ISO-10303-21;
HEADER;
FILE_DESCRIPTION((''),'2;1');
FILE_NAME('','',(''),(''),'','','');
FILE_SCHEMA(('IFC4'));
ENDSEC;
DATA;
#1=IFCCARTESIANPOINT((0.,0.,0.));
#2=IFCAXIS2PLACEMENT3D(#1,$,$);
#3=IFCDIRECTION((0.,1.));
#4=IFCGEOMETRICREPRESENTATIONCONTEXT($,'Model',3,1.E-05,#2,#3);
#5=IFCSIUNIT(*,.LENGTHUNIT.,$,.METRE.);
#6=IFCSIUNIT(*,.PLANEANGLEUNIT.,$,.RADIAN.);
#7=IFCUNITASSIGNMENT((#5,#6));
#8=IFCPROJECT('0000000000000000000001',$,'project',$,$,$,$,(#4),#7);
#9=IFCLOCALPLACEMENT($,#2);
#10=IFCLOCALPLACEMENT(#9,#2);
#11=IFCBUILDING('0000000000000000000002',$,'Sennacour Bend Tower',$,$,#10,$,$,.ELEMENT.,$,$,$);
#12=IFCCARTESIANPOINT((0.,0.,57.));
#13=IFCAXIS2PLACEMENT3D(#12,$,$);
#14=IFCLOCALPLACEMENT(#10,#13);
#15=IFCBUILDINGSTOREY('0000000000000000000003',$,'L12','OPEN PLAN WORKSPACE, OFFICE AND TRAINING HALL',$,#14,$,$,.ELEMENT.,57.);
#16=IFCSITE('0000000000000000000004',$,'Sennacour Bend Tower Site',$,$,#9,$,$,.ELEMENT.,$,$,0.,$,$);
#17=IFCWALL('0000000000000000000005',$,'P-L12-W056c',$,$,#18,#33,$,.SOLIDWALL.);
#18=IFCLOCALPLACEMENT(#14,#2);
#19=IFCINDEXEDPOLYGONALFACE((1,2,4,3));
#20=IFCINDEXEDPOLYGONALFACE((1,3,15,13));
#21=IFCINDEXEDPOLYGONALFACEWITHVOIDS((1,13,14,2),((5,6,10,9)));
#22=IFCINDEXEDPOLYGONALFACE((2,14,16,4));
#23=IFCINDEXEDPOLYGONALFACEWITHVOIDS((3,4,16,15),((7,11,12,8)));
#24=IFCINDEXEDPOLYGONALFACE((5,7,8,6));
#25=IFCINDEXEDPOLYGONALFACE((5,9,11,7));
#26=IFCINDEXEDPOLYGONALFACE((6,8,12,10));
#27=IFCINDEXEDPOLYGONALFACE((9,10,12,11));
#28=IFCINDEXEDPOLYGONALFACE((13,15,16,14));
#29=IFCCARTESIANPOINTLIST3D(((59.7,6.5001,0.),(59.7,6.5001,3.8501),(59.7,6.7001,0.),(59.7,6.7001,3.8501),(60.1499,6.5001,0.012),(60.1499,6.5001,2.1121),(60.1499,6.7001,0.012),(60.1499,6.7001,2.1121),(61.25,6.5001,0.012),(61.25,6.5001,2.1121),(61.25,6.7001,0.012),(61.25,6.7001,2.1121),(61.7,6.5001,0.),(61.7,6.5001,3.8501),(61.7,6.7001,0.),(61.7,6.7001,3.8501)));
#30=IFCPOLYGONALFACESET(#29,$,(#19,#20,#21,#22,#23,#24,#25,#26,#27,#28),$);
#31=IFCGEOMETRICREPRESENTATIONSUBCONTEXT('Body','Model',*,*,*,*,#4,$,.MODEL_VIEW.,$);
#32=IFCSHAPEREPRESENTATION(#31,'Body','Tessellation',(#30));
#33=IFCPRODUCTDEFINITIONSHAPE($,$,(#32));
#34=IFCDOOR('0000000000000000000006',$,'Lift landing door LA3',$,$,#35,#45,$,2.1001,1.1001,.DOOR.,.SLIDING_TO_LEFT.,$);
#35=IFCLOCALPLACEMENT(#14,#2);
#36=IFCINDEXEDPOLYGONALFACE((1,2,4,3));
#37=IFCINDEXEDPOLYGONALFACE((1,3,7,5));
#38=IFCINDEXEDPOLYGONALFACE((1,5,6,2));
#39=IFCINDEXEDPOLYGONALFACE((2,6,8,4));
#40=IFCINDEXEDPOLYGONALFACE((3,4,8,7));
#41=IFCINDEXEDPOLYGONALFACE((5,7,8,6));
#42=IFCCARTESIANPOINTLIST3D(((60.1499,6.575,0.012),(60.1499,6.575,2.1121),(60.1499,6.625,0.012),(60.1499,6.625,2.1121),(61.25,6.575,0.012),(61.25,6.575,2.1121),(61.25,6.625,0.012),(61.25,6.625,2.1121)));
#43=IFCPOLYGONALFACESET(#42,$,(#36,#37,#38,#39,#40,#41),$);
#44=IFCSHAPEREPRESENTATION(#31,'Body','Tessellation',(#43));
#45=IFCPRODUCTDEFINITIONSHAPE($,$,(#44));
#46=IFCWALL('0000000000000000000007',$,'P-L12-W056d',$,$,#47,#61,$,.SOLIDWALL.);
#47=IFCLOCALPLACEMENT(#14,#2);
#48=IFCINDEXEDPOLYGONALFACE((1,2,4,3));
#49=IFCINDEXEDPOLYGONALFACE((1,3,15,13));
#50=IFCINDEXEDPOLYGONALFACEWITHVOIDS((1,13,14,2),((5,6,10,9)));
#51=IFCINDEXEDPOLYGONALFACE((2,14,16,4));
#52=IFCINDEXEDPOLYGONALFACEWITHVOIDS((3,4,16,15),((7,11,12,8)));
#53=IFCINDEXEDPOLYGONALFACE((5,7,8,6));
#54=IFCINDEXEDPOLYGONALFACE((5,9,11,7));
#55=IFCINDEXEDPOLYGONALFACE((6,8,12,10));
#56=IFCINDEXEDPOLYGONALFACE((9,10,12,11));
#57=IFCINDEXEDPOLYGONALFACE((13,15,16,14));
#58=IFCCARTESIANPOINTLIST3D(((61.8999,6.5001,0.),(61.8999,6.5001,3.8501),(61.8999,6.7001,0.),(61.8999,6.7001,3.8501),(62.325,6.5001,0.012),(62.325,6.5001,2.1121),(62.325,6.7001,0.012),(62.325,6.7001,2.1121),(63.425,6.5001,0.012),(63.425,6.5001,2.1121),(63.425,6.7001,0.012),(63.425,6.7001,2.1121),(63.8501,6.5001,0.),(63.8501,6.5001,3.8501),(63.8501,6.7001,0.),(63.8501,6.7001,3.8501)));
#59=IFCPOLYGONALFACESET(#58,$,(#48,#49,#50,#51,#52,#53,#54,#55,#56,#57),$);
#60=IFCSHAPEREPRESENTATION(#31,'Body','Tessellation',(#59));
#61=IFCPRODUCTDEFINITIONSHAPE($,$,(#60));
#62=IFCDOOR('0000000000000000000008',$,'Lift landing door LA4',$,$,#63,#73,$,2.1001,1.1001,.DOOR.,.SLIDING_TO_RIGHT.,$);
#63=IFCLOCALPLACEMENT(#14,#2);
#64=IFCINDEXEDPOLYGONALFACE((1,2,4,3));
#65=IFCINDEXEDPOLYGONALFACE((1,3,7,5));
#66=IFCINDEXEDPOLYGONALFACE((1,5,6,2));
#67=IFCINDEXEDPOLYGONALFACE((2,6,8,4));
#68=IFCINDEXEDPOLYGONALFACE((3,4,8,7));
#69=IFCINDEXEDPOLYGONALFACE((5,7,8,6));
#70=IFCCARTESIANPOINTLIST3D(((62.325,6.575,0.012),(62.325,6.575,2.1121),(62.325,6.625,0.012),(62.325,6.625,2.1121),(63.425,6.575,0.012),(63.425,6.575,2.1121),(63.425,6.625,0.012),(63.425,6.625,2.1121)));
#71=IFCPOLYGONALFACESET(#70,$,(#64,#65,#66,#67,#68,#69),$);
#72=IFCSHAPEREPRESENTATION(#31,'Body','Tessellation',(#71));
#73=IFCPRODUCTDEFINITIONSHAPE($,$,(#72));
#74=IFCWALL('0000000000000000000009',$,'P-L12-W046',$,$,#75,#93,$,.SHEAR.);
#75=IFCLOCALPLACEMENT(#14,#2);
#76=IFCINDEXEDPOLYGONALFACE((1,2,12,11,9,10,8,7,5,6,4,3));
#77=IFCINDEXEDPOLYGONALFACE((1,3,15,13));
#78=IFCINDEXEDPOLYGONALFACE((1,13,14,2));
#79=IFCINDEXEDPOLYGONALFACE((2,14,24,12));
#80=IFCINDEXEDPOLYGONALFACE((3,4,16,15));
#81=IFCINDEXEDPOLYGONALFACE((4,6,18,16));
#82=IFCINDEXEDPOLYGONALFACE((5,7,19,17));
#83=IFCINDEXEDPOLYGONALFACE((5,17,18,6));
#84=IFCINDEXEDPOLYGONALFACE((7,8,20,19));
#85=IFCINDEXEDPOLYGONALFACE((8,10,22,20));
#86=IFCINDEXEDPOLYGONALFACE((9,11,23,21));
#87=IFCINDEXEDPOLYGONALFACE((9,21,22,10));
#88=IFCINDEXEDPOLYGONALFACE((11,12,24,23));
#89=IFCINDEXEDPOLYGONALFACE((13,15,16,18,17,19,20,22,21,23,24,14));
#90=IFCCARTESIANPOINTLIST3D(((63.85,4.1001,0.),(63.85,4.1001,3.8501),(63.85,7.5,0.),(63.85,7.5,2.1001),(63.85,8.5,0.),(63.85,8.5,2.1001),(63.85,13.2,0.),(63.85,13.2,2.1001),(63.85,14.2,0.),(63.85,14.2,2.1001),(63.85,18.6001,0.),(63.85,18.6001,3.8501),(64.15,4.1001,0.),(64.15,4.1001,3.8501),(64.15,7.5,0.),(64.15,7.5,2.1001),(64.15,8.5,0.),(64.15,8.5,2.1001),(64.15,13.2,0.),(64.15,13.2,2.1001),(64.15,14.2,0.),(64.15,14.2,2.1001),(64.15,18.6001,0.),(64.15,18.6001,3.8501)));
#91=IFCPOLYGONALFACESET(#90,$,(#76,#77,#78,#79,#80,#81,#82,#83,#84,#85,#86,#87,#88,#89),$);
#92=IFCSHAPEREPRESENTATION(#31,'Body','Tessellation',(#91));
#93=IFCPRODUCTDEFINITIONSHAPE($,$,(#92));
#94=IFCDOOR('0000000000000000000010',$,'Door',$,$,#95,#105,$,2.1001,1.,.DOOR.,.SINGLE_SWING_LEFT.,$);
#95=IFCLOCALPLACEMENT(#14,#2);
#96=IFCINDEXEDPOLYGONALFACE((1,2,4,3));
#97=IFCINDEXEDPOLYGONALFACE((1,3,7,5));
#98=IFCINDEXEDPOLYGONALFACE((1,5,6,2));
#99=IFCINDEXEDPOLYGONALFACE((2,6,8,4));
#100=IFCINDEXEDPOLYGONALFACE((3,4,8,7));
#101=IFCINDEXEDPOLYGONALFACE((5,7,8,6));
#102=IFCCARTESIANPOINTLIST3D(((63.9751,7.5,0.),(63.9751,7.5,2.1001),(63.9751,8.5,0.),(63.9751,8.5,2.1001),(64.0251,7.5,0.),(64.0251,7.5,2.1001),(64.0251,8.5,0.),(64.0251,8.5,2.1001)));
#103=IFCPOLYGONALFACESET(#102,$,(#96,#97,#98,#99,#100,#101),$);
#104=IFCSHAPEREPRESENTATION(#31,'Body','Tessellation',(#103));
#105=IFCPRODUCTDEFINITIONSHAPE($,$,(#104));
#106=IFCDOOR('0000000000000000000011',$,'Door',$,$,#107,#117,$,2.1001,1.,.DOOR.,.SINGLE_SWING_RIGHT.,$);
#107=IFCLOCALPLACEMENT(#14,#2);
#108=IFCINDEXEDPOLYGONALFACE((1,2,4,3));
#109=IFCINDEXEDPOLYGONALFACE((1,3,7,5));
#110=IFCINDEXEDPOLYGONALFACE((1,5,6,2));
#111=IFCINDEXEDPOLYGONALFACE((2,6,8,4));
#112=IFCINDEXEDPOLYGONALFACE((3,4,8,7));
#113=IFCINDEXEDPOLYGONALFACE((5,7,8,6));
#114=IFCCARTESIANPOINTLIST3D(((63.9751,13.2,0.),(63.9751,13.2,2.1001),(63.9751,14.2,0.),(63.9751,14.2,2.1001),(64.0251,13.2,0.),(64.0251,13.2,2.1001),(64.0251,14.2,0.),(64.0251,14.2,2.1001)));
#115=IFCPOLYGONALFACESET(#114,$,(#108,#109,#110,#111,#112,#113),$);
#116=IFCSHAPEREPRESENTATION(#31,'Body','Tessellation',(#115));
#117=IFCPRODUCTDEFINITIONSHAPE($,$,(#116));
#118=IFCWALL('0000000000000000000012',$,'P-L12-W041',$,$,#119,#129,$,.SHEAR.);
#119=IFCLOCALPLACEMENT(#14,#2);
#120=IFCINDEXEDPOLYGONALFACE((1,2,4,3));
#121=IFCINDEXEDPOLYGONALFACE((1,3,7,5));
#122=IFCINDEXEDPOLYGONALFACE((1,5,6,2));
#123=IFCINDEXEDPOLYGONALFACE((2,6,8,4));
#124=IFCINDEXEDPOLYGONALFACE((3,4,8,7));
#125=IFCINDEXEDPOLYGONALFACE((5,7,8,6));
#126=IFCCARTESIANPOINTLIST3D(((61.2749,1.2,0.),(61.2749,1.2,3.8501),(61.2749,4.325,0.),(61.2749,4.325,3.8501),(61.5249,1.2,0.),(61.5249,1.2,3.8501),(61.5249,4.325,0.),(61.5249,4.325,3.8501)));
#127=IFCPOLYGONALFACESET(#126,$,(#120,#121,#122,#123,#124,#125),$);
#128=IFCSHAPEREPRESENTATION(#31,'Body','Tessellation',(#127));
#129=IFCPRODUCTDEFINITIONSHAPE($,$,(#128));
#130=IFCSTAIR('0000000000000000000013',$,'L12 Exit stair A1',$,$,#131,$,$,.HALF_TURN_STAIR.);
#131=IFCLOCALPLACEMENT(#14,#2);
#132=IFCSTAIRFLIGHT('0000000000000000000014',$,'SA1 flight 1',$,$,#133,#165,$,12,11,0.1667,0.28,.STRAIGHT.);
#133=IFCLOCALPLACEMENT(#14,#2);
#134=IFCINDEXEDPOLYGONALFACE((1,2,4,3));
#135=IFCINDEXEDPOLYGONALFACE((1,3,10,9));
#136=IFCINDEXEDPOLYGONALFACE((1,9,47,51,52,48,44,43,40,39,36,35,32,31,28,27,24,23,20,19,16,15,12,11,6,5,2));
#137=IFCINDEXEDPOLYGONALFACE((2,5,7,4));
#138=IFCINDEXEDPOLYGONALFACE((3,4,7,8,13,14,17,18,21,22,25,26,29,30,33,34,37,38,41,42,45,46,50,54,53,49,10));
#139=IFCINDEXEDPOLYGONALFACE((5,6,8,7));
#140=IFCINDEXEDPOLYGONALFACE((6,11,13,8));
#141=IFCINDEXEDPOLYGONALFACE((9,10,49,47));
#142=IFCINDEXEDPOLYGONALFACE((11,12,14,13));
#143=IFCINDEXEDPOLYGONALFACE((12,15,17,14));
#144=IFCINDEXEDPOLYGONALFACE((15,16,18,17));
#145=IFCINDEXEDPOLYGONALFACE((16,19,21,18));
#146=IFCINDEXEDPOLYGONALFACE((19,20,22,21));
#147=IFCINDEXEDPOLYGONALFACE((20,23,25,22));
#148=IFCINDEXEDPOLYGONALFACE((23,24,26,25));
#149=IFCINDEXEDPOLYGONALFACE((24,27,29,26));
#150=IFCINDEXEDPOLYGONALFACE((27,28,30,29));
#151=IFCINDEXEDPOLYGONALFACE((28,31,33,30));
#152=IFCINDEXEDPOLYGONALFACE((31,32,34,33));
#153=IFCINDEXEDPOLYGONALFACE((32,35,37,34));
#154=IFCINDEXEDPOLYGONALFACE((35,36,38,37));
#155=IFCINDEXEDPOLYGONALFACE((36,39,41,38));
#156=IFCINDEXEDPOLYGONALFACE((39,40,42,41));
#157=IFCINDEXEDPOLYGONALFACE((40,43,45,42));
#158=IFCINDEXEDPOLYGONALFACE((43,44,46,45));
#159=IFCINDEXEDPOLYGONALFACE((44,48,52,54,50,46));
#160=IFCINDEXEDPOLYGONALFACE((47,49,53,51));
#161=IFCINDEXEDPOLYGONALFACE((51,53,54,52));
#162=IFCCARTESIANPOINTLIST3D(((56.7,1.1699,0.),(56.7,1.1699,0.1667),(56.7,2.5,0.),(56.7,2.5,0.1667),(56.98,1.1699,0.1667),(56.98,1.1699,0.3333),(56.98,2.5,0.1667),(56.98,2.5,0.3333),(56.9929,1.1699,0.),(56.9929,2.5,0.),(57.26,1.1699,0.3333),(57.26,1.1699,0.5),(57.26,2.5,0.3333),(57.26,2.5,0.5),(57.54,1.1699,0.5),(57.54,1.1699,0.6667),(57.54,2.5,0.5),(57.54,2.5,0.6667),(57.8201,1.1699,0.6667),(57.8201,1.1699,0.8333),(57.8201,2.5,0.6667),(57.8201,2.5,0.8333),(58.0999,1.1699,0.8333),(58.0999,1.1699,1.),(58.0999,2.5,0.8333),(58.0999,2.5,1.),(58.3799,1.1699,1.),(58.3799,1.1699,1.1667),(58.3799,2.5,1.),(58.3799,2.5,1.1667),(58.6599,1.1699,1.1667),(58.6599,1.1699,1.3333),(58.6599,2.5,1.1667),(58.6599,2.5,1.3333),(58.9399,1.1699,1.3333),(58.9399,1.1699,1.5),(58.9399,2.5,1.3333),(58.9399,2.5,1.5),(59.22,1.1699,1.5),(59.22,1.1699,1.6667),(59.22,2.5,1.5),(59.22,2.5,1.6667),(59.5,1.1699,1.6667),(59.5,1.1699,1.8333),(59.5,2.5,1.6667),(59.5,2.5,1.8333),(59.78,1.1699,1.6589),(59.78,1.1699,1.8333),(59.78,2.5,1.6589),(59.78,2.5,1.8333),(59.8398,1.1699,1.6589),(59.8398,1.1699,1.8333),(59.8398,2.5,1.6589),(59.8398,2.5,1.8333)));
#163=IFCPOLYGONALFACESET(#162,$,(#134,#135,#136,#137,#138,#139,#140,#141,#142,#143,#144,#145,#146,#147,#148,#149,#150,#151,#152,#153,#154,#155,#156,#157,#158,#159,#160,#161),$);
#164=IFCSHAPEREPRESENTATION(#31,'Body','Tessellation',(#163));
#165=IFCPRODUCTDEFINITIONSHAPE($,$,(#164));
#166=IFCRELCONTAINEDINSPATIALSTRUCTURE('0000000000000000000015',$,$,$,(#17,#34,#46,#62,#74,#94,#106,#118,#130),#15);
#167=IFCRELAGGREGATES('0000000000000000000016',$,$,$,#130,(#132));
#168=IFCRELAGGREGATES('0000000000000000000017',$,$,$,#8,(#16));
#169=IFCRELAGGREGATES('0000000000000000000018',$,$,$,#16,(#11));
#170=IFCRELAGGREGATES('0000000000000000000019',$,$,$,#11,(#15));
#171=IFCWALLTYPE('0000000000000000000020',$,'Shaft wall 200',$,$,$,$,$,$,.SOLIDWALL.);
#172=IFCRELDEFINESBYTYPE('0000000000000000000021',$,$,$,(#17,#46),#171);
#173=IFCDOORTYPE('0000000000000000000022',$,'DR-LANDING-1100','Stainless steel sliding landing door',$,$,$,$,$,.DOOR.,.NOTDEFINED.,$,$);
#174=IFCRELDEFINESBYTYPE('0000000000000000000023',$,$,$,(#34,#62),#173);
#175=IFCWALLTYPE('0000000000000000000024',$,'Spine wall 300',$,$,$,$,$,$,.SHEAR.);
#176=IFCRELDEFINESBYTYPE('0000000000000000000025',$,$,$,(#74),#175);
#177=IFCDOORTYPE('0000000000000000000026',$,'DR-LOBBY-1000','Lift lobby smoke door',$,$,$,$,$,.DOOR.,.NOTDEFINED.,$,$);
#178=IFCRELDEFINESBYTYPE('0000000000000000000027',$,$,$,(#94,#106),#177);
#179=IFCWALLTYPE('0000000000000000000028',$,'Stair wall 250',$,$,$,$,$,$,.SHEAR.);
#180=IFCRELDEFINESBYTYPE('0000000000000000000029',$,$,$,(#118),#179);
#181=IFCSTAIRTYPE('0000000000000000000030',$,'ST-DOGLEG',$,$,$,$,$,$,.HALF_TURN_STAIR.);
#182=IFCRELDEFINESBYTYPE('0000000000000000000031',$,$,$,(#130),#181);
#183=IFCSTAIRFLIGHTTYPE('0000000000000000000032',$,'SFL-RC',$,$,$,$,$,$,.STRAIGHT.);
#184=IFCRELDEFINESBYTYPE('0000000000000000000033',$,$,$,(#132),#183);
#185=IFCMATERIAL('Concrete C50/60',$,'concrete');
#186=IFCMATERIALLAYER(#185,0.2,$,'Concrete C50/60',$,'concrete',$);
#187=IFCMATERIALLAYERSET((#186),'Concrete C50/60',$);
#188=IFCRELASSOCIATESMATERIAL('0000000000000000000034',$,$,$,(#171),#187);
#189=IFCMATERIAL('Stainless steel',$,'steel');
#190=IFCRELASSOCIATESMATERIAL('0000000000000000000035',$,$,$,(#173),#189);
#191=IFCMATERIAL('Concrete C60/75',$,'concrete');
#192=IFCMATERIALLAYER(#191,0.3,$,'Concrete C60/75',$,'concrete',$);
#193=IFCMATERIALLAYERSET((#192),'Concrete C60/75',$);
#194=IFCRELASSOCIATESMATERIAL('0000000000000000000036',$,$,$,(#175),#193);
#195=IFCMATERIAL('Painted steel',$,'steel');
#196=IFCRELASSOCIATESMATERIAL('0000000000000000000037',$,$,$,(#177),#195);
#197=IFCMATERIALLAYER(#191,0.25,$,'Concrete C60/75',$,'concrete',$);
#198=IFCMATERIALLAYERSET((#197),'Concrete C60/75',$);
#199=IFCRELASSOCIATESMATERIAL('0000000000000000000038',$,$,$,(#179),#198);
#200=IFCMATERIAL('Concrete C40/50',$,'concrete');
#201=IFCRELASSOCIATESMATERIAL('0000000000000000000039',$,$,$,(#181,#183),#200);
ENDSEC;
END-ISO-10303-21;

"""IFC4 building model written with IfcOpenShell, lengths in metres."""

from ifc_helpers import new_model, si_unit, direction, frame, frame_2d, origin, place, context, subcontext, project, spatial, polyline, rectangle, outline, extrude, material, layer, layer_set, type_object, element, fill, aggregate, save


model = new_model("IFC4")

# Units and contexts
model_context = context("Model", 3, precision=1e-05, world=origin(), true_north=direction((0.0, 1.0)))
body_context = subcontext(model_context, "Body", "Model", "MODEL_VIEW")
ifc_project = project(units=[si_unit("LENGTHUNIT", "METRE"), si_unit("PLANEANGLEUNIT", "RADIAN")], contexts=[model_context])

# Site, building, storey
site_placement = place(None, origin())
site = spatial("IfcSite", under=ifc_project, at=site_placement, Name="Sennacour Bend Tower Site", CompositionType="ELEMENT", RefElevation=0.0)
building_placement = place(site_placement, origin())
building = spatial("IfcBuilding", under=site, at=building_placement, Name="Sennacour Bend Tower", CompositionType="ELEMENT")
storey_placement = place(building_placement, frame((0.0, 0.0, 57.0)))
storey = spatial("IfcBuildingStorey", under=building, at=storey_placement, Name="L12", Description="OPEN PLAN WORKSPACE, OFFICE AND TRAINING HALL", CompositionType="ELEMENT", Elevation=57.0)

# Shared definitions
ifc_material_1 = material(Name="Painted steel", Category="steel")

# Shared definitions
ifc_material_2 = material(Name="Concrete C50/60", Category="concrete")
ifc_layer_1 = layer(ifc_material_2, 0.2, Name="Concrete C50/60", Category="concrete")
ifc_layer_set_1 = layer_set([ifc_layer_1], Name="Concrete C50/60")
wall_type_1 = type_object("IfcWallType", Name="Shaft wall 200", PredefinedType="SOLIDWALL", material=ifc_layer_set_1)

# Walls, openings, doors
ifc_material_3 = material(Name="Stainless steel", Category="steel")
door_type_1 = type_object("IfcDoorType", Name="DR-LANDING-1100", Description="Stainless steel sliding landing door", OperationType="NOTDEFINED", PredefinedType="DOOR", material=ifc_material_3)
wall_1_placement = place(storey_placement, frame((59.7, 6.6001, 0.0), z_axis=(0.0, 0.0, 1.0), x_axis=(1.0, 0.0, 0.0)))
wall_1 = element("IfcWall", 1, at=wall_1_placement, inside=storey, type_object=wall_type_1, Name="P-L12-W056c", PredefinedType="SOLIDWALL", context=body_context, shape_type="SweptSolid", body=[
    extrude(rectangle(XDim=2.0, YDim=0.2, at=frame_2d((1.0, 0.0))), origin(), (0.0, 0.0, 1.0), 3.8501),
])
opening_1_placement = place(wall_1_placement, frame((0.45, 0.0, 0.012)))
opening_1 = element("IfcOpeningElement", 2, at=opening_1_placement, cuts=wall_1, PredefinedType="OPENING", context=body_context, shape_type="SweptSolid", body=[
    extrude(rectangle(XDim=1.1001, YDim=2.1001, at=frame_2d((0.55, 1.05))), frame((0.0, 0.1099, 0.0), z_axis=(0.0, -1.0, 0.0), x_axis=(1.0, 0.0, 0.0)), (0.0, 0.0, 1.0), 0.22),
])
door_1_placement = place(opening_1_placement, origin())
door_1 = element("IfcDoor", 3, at=door_1_placement, inside=storey, type_object=door_type_1, Name="Lift landing door LA3", OperationType="SLIDING_TO_LEFT", OverallHeight=2.1001, OverallWidth=1.1001, PredefinedType="DOOR", context=body_context, shape_type="SweptSolid", body=[
    extrude(rectangle(XDim=1.1001, YDim=2.1001, at=frame_2d((0.55, 1.05))), frame((0.0, 0.0249, 0.0), z_axis=(0.0, -1.0, 0.0), x_axis=(1.0, 0.0, 0.0)), (0.0, 0.0, 1.0), 0.05),
])
fill(opening_1, door_1)
wall_2_placement = place(storey_placement, frame((61.8999, 6.6001, 0.0), z_axis=(0.0, 0.0, 1.0), x_axis=(1.0, 0.0, 0.0)))
wall_2 = element("IfcWall", 4, at=wall_2_placement, inside=storey, type_object=wall_type_1, Name="P-L12-W056d", PredefinedType="SOLIDWALL", context=body_context, shape_type="SweptSolid", body=[
    extrude(rectangle(XDim=1.9502, YDim=0.2, at=frame_2d((0.9751, 0.0))), origin(), (0.0, 0.0, 1.0), 3.8501),
])
opening_2_placement = place(wall_2_placement, frame((0.425, 0.0, 0.012)))
opening_2 = element("IfcOpeningElement", 5, at=opening_2_placement, cuts=wall_2, PredefinedType="OPENING", context=body_context, shape_type="SweptSolid", body=[
    extrude(rectangle(XDim=1.1001, YDim=2.1001, at=frame_2d((0.55, 1.05))), frame((0.0, 0.1099, 0.0), z_axis=(0.0, -1.0, 0.0), x_axis=(1.0, 0.0, 0.0)), (0.0, 0.0, 1.0), 0.22),
])
door_2_placement = place(opening_2_placement, origin())
door_2 = element("IfcDoor", 6, at=door_2_placement, inside=storey, type_object=door_type_1, Name="Lift landing door LA4", OperationType="SLIDING_TO_RIGHT", OverallHeight=2.1001, OverallWidth=1.1001, PredefinedType="DOOR", context=body_context, shape_type="SweptSolid", body=[
    extrude(rectangle(XDim=1.1001, YDim=2.1001, at=frame_2d((0.55, 1.05))), frame((0.0, 0.0249, 0.0), z_axis=(0.0, -1.0, 0.0), x_axis=(1.0, 0.0, 0.0)), (0.0, 0.0, 1.0), 0.05),
])
fill(opening_2, door_2)

# Wall, openings, doors
ifc_material_4 = material(Name="Concrete C60/75", Category="concrete")
ifc_layer_2 = layer(ifc_material_4, 0.3, Name="Concrete C60/75", Category="concrete")
ifc_layer_set_2 = layer_set([ifc_layer_2], Name="Concrete C60/75")
wall_type_2 = type_object("IfcWallType", Name="Spine wall 300", PredefinedType="SHEAR", material=ifc_layer_set_2)
wall_3_placement = place(storey_placement, frame((64.0, 4.1001, 0.0), z_axis=(0.0, 0.0, 1.0), x_axis=(0.0, 1.0, 0.0)))
wall_3 = element("IfcWall", 7, at=wall_3_placement, inside=storey, type_object=wall_type_2, Name="P-L12-W046", PredefinedType="SHEAR", context=body_context, shape_type="SweptSolid", body=[
    extrude(rectangle(XDim=14.5, YDim=0.3, at=frame_2d((7.25, 0.0))), origin(), (0.0, 0.0, 1.0), 3.8501),
])
opening_3_placement = place(wall_3_placement, frame((3.3999, 0.0, 0.0)))
opening_3 = element("IfcOpeningElement", 8, at=opening_3_placement, cuts=wall_3, PredefinedType="OPENING", context=body_context, shape_type="SweptSolid", body=[
    extrude(rectangle(XDim=1.0, YDim=2.1001, at=frame_2d((0.5, 1.05))), frame((0.0, 0.1602, 0.0), z_axis=(0.0, -1.0, 0.0), x_axis=(1.0, 0.0, 0.0)), (0.0, 0.0, 1.0), 0.3201),
])
opening_4_placement = place(wall_3_placement, frame((9.0999, 0.0, 0.0)))
opening_4 = element("IfcOpeningElement", 9, at=opening_4_placement, cuts=wall_3, PredefinedType="OPENING", context=body_context, shape_type="SweptSolid", body=[
    extrude(rectangle(XDim=1.0, YDim=2.1001, at=frame_2d((0.5, 1.05))), frame((0.0, 0.1602, 0.0), z_axis=(0.0, -1.0, 0.0), x_axis=(1.0, 0.0, 0.0)), (0.0, 0.0, 1.0), 0.3201),
])
door_type_2 = type_object("IfcDoorType", Name="DR-LOBBY-1000", Description="Lift lobby smoke door", OperationType="NOTDEFINED", PredefinedType="DOOR", material=ifc_material_1)
door_3_placement = place(opening_3_placement, origin())
door_3 = element("IfcDoor", 10, at=door_3_placement, inside=storey, type_object=door_type_2, Name="Door", OperationType="SINGLE_SWING_LEFT", OverallHeight=2.1001, OverallWidth=1.0, PredefinedType="DOOR", context=body_context, shape_type="SweptSolid", body=[
    extrude(rectangle(XDim=1.0, YDim=2.1001, at=frame_2d((0.5, 1.05))), frame((0.0, 0.0249, 0.0), z_axis=(0.0, -1.0, 0.0), x_axis=(1.0, 0.0, 0.0)), (0.0, 0.0, 1.0), 0.05),
])
fill(opening_3, door_3)
door_4_placement = place(opening_4_placement, origin())
door_4 = element("IfcDoor", 11, at=door_4_placement, inside=storey, type_object=door_type_2, Name="Door", OperationType="SINGLE_SWING_RIGHT", OverallHeight=2.1001, OverallWidth=1.0, PredefinedType="DOOR", context=body_context, shape_type="SweptSolid", body=[
    extrude(rectangle(XDim=1.0, YDim=2.1001, at=frame_2d((0.5, 1.05))), frame((0.0, 0.0249, 0.0), z_axis=(0.0, -1.0, 0.0), x_axis=(1.0, 0.0, 0.0)), (0.0, 0.0, 1.0), 0.05),
])
fill(opening_4, door_4)

# Wall
ifc_layer_3 = layer(ifc_material_4, 0.25, Name="Concrete C60/75", Category="concrete")
ifc_layer_set_3 = layer_set([ifc_layer_3], Name="Concrete C60/75")
wall_type_3 = type_object("IfcWallType", Name="Stair wall 250", PredefinedType="SHEAR", material=ifc_layer_set_3)
wall_4_placement = place(storey_placement, frame((61.3999, 1.2, 0.0), z_axis=(0.0, 0.0, 1.0), x_axis=(0.0, 1.0, 0.0)))
element("IfcWall", 12, at=wall_4_placement, inside=storey, type_object=wall_type_3, Name="P-L12-W041", PredefinedType="SHEAR", context=body_context, shape_type="SweptSolid", body=[
    extrude(rectangle(XDim=3.125, YDim=0.25, at=frame_2d((1.5625, 0.0))), origin(), (0.0, 0.0, 1.0), 3.8501),
])

# Stair, stair flight
ifc_material_5 = material(Name="Concrete C40/50", Category="concrete")
stair_type = type_object("IfcStairType", Name="ST-DOGLEG", PredefinedType="HALF_TURN_STAIR", material=ifc_material_5)
stair_placement = place(storey_placement, origin())
stair = element("IfcStair", 13, at=stair_placement, inside=storey, type_object=stair_type, Name="L12 Exit stair A1", PredefinedType="HALF_TURN_STAIR")
stair_flight_type = type_object("IfcStairFlightType", Name="SFL-RC", PredefinedType="STRAIGHT", material=ifc_material_5)
stair_flight_1_placement = place(storey_placement, frame((56.7, 1.835, 0.0), z_axis=(0.0, 0.0, 1.0), x_axis=(1.0, 0.0, 0.0)))
stair_flight_1 = element("IfcStairFlight", 14, at=stair_flight_1_placement, type_object=stair_flight_type, Name="SA1 flight 1", NumberOfRisers=12, NumberOfTreads=11, PredefinedType="STRAIGHT", RiserHeight=0.1667, TreadLength=0.28, context=body_context, shape_type="SweptSolid", body=[
    extrude(outline(polyline([(0.0, 0.0), (0.0, 0.1667), (0.28, 0.1667), (0.28, 0.3333), (0.5601, 0.3333), (0.5601, 0.5), (0.8401, 0.5), (0.8401, 0.6667), (1.1201, 0.6667), (1.1201, 0.8333), (1.3999, 0.8333), (1.3999, 1.0), (1.6799, 1.0), (1.6799, 1.1667), (1.96, 1.1667), (1.96, 1.3333), (2.24, 1.3333), (2.24, 1.5), (2.52, 1.5), (2.52, 1.6667), (2.8, 1.6667), (2.8, 1.8333), (3.0801, 1.8333), (3.1399, 1.8333), (3.1399, 1.6589), (3.0801, 1.6589), (0.293, 0.0), (0.0, 0.0)])), frame((0.0, 0.665, 0.0), z_axis=(0.0, -1.0, 0.0), x_axis=(1.0, 0.0, 0.0)), (0.0, 0.0, 1.0), 1.3301),
])
aggregate(stair, [stair_flight_1])

save(model, "model.ifc")
